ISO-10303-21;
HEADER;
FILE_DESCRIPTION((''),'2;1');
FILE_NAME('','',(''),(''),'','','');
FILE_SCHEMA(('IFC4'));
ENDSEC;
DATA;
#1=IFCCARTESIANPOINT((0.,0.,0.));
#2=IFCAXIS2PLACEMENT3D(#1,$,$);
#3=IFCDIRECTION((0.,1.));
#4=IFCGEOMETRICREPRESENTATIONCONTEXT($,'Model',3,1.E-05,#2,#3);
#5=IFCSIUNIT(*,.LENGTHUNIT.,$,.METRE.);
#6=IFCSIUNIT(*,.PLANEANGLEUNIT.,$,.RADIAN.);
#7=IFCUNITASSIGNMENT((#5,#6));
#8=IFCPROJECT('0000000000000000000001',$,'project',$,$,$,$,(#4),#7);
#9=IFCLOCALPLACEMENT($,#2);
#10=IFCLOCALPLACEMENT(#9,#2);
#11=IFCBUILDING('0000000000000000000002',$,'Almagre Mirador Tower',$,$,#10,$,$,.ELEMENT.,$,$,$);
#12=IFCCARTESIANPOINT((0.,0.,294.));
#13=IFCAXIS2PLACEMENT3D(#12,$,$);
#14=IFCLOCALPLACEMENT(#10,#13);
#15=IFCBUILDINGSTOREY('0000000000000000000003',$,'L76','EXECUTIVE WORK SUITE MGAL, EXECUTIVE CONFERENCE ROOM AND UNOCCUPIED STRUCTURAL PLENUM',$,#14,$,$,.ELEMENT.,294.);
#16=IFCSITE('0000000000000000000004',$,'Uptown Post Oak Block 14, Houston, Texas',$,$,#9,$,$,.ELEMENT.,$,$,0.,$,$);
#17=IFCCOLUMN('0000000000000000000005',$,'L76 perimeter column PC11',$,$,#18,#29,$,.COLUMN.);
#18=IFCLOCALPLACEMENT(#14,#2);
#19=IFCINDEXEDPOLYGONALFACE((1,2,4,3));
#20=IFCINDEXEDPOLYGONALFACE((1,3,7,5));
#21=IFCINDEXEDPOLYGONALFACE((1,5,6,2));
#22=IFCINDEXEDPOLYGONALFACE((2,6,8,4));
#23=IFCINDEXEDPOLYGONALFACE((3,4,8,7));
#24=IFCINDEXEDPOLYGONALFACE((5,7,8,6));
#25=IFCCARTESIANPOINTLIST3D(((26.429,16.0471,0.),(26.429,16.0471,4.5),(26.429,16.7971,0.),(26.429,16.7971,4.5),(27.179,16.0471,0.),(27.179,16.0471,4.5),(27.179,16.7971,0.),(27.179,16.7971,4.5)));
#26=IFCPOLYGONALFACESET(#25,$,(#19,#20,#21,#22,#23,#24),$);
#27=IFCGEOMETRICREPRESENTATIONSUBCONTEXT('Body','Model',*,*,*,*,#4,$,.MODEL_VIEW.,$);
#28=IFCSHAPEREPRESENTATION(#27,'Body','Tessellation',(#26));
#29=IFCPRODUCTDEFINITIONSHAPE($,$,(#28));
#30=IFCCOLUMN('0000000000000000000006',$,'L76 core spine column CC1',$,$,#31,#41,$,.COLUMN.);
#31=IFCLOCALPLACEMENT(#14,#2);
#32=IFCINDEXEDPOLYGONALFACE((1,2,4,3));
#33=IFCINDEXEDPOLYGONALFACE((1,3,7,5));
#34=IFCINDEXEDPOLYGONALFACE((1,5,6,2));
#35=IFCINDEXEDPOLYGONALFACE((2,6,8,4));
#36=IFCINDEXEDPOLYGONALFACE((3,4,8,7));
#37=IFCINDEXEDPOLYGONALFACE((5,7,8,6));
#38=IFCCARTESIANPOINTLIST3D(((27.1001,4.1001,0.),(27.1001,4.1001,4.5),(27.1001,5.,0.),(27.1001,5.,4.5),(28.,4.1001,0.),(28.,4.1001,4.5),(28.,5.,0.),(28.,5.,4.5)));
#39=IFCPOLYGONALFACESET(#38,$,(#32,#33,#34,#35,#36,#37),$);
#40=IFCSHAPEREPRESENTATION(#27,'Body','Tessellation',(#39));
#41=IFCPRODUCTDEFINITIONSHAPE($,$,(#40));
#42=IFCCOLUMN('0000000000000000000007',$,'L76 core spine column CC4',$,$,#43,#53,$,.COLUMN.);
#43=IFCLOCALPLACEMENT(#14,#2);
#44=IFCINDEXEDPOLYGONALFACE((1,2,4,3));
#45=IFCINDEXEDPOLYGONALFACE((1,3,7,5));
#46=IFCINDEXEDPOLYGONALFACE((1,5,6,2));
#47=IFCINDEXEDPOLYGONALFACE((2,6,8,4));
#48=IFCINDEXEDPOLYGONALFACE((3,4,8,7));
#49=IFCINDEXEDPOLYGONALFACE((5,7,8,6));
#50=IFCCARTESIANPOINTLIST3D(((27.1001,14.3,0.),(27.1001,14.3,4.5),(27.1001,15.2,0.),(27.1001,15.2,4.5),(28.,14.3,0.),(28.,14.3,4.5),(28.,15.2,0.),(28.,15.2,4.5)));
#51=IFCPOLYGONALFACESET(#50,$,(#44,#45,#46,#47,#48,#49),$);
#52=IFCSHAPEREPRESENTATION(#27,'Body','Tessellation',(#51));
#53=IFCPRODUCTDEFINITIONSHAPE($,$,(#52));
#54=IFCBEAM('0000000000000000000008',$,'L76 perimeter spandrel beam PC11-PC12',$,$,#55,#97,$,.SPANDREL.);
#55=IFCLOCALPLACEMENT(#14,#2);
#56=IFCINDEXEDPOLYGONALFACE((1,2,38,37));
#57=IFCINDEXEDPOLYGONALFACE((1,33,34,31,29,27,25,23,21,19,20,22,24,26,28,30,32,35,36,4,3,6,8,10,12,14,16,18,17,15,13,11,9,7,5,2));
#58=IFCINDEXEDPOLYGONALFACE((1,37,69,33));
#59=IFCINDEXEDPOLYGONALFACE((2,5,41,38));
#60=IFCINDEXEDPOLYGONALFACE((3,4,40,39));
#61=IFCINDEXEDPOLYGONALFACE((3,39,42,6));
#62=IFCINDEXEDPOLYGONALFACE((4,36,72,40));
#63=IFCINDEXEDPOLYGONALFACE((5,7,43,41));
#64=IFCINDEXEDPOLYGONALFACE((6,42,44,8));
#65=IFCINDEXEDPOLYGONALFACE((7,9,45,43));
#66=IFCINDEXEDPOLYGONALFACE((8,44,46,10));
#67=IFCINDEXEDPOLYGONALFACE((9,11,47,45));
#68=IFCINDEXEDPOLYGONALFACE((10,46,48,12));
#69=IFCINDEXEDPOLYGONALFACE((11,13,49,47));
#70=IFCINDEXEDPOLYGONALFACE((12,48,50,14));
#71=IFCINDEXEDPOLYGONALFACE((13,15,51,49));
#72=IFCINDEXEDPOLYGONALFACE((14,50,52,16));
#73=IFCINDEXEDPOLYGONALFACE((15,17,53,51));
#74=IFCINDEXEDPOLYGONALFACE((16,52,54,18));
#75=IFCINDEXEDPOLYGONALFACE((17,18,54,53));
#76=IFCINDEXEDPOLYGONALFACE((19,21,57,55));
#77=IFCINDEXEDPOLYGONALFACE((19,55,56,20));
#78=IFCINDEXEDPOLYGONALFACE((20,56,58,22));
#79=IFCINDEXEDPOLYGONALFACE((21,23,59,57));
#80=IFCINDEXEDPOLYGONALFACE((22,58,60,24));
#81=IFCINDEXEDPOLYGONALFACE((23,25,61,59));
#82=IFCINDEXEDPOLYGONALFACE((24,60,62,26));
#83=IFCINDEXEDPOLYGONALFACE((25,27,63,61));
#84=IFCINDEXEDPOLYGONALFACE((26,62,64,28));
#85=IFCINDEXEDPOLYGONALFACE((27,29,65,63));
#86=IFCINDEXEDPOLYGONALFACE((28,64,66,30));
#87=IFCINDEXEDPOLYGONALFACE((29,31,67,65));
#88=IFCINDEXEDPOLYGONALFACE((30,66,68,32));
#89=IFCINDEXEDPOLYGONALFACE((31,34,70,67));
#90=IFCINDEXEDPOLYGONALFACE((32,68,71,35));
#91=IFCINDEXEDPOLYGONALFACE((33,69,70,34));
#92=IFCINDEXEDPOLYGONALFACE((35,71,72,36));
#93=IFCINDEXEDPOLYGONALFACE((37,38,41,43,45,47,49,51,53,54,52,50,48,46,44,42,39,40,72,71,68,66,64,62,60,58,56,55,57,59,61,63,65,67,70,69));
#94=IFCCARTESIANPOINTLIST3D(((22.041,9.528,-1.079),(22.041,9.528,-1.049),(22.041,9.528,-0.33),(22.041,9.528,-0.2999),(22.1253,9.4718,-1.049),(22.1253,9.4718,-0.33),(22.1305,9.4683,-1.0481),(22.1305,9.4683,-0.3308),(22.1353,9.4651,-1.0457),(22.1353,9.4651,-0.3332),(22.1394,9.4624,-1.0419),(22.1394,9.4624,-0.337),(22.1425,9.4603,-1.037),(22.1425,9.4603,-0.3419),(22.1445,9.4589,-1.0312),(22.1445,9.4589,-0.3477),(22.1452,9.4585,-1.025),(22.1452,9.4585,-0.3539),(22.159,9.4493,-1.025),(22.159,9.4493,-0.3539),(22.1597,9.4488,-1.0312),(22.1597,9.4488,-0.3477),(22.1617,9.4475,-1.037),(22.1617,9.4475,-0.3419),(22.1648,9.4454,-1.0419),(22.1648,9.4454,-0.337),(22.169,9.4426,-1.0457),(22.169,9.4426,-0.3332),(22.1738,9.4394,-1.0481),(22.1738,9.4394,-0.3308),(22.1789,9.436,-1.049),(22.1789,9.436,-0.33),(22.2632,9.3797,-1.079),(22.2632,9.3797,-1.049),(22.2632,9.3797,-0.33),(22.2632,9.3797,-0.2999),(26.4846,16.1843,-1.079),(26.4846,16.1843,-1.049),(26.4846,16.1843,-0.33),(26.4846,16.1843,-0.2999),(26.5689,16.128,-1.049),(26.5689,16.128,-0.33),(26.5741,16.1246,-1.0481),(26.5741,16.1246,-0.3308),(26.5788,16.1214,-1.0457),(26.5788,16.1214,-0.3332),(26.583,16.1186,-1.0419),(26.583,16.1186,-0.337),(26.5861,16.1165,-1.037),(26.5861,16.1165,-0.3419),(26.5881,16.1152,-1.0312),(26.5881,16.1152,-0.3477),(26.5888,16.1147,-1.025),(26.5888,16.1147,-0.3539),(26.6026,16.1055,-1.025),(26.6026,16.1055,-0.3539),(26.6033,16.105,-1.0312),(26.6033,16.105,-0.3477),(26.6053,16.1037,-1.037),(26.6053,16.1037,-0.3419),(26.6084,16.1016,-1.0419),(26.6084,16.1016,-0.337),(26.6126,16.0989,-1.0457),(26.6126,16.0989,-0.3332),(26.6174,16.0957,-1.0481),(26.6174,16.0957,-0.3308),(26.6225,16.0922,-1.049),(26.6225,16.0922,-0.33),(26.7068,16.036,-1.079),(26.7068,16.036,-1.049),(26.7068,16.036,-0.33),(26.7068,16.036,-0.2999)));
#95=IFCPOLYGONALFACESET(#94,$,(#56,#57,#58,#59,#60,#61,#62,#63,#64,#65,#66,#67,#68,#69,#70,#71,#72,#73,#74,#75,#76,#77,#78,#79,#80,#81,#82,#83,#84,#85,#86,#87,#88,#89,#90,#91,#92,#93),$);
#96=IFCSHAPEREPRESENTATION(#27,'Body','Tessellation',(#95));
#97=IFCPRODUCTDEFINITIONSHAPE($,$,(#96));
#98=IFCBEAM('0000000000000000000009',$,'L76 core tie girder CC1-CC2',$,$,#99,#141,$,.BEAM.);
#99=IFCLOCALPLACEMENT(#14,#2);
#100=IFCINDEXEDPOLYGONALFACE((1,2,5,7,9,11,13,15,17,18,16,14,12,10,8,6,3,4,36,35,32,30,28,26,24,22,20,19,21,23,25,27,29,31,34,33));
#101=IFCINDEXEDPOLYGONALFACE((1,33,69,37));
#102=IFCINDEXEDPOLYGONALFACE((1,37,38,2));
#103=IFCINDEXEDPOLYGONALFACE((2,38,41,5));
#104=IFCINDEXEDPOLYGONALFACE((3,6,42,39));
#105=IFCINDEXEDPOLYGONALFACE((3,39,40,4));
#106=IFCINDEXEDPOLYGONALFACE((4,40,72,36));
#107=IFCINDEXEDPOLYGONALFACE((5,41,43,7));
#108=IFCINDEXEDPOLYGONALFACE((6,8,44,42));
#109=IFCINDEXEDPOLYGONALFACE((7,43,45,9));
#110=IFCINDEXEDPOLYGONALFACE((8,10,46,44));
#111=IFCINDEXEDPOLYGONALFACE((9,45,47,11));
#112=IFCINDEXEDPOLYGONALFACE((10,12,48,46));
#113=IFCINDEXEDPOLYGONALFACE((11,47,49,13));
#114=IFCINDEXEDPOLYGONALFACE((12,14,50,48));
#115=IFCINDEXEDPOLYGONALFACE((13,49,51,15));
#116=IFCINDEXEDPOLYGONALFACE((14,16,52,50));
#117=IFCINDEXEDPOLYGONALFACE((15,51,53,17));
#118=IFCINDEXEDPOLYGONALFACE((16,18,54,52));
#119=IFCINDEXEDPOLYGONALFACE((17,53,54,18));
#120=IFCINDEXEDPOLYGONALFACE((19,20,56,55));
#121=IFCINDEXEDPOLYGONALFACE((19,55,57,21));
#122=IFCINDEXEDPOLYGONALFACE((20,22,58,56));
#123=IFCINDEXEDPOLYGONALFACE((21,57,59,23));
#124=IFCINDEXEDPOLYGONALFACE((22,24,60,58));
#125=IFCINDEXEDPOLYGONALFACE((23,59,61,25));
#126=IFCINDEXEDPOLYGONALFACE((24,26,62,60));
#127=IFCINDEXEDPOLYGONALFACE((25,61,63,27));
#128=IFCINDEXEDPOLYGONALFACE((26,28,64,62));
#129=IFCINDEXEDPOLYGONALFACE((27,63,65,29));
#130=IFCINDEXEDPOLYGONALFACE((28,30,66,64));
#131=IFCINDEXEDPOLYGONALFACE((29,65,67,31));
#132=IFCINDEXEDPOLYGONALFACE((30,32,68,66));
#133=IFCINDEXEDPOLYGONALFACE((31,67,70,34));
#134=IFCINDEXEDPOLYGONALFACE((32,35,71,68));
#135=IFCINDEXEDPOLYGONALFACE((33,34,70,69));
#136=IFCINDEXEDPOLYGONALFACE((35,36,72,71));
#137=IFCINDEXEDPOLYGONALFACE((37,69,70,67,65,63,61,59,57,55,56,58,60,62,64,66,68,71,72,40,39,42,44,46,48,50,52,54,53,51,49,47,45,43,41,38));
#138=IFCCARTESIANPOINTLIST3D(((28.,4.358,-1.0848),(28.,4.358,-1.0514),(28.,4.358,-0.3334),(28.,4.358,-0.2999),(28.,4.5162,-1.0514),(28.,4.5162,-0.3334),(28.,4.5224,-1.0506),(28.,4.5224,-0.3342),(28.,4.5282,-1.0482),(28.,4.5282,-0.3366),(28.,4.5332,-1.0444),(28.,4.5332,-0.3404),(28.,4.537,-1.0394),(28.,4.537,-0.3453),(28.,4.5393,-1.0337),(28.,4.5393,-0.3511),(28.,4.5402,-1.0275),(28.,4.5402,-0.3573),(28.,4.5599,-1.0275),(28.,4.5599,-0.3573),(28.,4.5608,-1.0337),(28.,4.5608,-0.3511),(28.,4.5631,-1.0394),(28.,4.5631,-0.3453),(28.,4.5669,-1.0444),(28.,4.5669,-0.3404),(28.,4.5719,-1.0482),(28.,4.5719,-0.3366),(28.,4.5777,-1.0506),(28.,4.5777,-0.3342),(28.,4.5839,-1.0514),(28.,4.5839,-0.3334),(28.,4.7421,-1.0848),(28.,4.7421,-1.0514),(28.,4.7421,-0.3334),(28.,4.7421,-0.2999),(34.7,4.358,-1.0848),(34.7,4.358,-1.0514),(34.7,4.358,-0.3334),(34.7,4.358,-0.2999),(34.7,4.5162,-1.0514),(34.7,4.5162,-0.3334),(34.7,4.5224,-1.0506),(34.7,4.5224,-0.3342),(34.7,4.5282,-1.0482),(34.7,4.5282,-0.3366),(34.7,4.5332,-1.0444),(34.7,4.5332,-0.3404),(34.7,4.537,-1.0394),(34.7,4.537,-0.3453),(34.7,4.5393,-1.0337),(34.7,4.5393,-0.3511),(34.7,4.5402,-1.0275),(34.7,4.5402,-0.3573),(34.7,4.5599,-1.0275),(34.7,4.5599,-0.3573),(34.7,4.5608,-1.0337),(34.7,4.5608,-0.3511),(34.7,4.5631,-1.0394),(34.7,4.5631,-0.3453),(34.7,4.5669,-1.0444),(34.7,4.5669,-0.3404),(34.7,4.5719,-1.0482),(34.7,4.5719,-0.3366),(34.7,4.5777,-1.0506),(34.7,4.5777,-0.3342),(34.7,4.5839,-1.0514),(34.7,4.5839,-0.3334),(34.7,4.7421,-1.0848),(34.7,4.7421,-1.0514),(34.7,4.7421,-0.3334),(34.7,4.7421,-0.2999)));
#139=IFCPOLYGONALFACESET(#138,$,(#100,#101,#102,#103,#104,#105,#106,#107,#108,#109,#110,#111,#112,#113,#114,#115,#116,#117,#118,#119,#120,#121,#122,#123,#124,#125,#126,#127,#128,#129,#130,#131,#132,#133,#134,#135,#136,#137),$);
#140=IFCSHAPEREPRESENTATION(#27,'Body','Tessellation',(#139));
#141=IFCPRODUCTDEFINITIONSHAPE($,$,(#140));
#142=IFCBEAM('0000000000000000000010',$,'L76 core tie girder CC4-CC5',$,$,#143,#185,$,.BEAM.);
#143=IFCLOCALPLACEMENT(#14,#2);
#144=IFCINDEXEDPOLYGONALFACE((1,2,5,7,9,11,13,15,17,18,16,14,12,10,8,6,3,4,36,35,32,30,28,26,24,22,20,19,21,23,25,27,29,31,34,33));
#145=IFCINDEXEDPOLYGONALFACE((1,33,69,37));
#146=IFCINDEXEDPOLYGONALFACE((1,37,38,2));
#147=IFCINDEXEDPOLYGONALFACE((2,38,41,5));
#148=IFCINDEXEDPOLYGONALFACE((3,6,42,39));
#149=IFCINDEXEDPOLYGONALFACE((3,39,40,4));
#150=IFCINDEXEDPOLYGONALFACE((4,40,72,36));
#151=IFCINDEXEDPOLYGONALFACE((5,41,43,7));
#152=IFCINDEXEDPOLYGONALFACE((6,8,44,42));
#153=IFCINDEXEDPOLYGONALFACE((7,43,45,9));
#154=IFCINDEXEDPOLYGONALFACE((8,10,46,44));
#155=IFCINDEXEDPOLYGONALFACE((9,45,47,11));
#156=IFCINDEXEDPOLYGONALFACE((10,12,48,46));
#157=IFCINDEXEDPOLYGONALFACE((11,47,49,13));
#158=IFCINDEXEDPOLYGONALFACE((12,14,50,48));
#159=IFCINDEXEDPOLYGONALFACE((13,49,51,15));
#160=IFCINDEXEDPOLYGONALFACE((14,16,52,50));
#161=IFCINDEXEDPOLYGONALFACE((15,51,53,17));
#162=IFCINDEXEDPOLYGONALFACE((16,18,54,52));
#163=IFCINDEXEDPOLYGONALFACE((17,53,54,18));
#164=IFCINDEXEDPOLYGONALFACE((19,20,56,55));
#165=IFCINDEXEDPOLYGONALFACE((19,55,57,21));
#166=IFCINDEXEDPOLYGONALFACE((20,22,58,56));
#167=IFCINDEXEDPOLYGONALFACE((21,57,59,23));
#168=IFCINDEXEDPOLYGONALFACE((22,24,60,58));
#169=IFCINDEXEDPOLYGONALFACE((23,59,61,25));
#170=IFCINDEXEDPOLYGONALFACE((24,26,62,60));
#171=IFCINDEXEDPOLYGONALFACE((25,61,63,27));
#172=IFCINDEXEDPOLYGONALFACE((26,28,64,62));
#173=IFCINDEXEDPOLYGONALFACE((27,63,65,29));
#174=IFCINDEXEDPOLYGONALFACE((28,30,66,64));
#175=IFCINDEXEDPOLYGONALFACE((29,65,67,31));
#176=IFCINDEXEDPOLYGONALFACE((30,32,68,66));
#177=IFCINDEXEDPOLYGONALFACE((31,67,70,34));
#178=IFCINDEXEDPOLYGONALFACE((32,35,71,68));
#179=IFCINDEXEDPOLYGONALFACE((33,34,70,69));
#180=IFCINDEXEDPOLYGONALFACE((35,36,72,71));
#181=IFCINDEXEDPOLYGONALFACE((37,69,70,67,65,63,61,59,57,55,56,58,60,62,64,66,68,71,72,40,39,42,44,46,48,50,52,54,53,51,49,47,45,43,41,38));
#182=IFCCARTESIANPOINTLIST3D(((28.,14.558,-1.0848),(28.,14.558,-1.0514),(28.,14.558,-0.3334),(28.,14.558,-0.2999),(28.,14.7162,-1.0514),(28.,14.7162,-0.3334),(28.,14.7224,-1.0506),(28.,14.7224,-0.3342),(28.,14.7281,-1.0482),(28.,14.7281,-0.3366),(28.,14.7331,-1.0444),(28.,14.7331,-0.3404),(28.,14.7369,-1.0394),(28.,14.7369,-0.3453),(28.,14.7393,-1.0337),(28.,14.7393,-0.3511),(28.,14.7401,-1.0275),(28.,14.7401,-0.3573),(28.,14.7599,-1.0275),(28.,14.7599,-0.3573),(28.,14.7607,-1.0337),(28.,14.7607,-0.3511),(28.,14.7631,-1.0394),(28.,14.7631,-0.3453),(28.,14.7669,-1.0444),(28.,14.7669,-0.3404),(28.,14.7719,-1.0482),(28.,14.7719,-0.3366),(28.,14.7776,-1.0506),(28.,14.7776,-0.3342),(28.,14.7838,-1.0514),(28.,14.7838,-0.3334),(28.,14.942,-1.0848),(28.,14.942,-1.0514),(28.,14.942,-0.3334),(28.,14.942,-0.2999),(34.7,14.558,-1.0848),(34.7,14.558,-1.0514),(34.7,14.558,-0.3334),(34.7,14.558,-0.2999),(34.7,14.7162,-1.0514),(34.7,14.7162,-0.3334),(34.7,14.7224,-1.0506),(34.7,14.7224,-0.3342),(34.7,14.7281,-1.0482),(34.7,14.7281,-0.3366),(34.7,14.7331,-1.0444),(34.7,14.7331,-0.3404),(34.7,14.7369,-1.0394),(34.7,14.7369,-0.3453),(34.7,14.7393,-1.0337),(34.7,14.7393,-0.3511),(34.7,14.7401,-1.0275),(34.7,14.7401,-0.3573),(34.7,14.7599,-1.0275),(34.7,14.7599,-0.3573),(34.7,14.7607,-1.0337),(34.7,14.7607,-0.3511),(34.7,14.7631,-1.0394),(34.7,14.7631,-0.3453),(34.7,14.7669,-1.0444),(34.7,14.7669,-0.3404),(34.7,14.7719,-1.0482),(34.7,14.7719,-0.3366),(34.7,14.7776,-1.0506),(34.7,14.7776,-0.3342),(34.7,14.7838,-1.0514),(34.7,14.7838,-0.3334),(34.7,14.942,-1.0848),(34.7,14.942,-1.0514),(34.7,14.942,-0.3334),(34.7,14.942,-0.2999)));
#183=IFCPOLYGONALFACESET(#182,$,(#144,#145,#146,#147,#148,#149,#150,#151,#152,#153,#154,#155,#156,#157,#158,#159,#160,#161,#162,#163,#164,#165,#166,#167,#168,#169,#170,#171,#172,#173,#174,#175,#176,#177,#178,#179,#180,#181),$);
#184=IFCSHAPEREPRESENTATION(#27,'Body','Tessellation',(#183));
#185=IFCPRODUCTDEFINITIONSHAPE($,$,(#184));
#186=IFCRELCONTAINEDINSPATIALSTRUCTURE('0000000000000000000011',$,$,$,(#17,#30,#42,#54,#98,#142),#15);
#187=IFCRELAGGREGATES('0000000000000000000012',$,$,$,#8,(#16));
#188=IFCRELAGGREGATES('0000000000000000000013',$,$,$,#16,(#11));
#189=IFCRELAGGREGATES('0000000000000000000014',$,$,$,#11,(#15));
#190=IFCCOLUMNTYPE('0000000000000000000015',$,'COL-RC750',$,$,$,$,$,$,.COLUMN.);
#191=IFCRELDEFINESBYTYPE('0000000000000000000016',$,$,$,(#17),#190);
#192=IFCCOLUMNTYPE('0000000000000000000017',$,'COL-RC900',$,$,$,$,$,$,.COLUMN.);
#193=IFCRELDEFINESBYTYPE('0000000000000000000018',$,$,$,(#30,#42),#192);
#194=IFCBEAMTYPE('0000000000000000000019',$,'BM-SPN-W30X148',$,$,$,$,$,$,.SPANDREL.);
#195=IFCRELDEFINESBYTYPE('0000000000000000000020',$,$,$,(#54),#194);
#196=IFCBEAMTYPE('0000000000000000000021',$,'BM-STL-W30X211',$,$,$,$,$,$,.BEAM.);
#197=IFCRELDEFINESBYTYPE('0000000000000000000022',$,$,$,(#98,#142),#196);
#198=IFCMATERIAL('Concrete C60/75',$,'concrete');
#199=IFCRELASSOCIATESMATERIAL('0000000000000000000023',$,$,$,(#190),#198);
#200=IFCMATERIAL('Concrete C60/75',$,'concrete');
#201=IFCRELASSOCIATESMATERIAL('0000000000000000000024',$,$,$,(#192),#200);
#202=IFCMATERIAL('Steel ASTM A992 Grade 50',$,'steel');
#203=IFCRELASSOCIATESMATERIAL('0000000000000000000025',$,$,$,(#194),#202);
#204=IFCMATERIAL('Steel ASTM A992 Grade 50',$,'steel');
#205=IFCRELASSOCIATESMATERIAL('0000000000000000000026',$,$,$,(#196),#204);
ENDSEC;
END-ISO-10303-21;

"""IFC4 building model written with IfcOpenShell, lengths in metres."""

from ifc_helpers import new_model, si_unit, direction, frame, origin, origin_2d, place, context, subcontext, project, spatial, rectangle, i_section, extrude, material, material_profile, profile_set, type_object, element, save


model = new_model("IFC4")

# Units and contexts
model_context = context("Model", 3, precision=1e-05, world=origin(), true_north=direction((0.0, 1.0)))
body_context = subcontext(model_context, "Body", "Model", "MODEL_VIEW")
ifc_project = project(units=[si_unit("LENGTHUNIT", "METRE"), si_unit("PLANEANGLEUNIT", "RADIAN")], contexts=[model_context])

# Site, building, storey
site_placement = place(None, origin())
site = spatial("IfcSite", under=ifc_project, at=site_placement, Name="Uptown Post Oak Block 14, Houston, Texas", CompositionType="ELEMENT", RefElevation=0.0)
building_placement = place(site_placement, origin())
building = spatial("IfcBuilding", under=site, at=building_placement, Name="Almagre Mirador Tower", CompositionType="ELEMENT")
storey_placement = place(building_placement, frame((0.0, 0.0, 294.0)))
storey = spatial("IfcBuildingStorey", under=building, at=storey_placement, Name="L76", Description="EXECUTIVE WORK SUITE MGAL, EXECUTIVE CONFERENCE ROOM AND UNOCCUPIED STRUCTURAL PLENUM", CompositionType="ELEMENT", Elevation=294.0)

# Columns
ifc_material_1 = material(Name="Concrete C60/75", Category="concrete")
ifc_material_profile_1 = material_profile(ifc_material_1, rectangle(XDim=0.75, YDim=0.75, at=origin_2d()), Name="RC750X750")
ifc_profile_set_1 = profile_set([ifc_material_profile_1], Name="Concrete C60/75")
column_type_1 = type_object("IfcColumnType", Name="COL-RC750", PredefinedType="COLUMN", material=ifc_profile_set_1)
column_placement = place(storey_placement, frame((26.804, 16.4221, 0.0), z_axis=(0.0, 0.0, 1.0), x_axis=(1.0, 0.0, 0.0)))
element("IfcColumn", 1, at=column_placement, inside=storey, type_object=column_type_1, Name="L76 perimeter column PC11", PredefinedType="COLUMN", context=body_context, shape_type="SweptSolid", body=[
    extrude(rectangle(XDim=0.75, YDim=0.75, at=origin_2d()), origin(), (0.0, 0.0, 1.0), 4.5),
])
ifc_material_2 = material(Name="Concrete C60/75", Category="concrete")
ifc_material_profile_2 = material_profile(ifc_material_2, rectangle(XDim=0.8999, YDim=0.8999, at=origin_2d()), Name="RC900X900")
ifc_profile_set_2 = profile_set([ifc_material_profile_2], Name="Concrete C60/75")
column_type_2 = type_object("IfcColumnType", Name="COL-RC900", PredefinedType="COLUMN", material=ifc_profile_set_2)
for number, where, z_axis, x_axis, name in (
    (2, (27.55, 4.55, 0.0), (0.0, 0.0, 1.0), (1.0, 0.0, 0.0), "L76 core spine column CC1"),
    (3, (27.55, 14.75, 0.0), (0.0, 0.0, 1.0), (1.0, 0.0, 0.0), "L76 core spine column CC4"),
):
    element("IfcColumn", number, at=place(storey_placement, frame(where, z_axis=z_axis, x_axis=x_axis)), inside=storey, type_object=column_type_2, Name=name, PredefinedType="COLUMN", context=body_context, shape_type="SweptSolid", body=[
        extrude(rectangle(XDim=0.8999, YDim=0.8999, at=origin_2d()), origin(), (0.0, 0.0, 1.0), 4.5),
    ])

# Beams
ifc_material_3 = material(Name="Steel ASTM A992 Grade 50", Category="steel")
ifc_material_profile_3 = material_profile(ifc_material_3, i_section(OverallWidth=0.2671, OverallDepth=0.7791, WebThickness=0.0166, FlangeThickness=0.03, FilletRadius=0.0239, at=origin_2d()), Name="W30X148")
ifc_profile_set_3 = profile_set([ifc_material_profile_3], Name="Steel ASTM A992 Grade 50")
beam_type_1 = type_object("IfcBeamType", Name="BM-SPN-W30X148", PredefinedType="SPANDREL", material=ifc_profile_set_3)
beam_1_placement = place(storey_placement, frame((26.5957, 16.1101, -0.6895), z_axis=(-0.555228, -0.831698, 0.0), x_axis=(0.831698, -0.555228, 0.0)))
element("IfcBeam", 4, at=beam_1_placement, inside=storey, type_object=beam_type_1, Name="L76 perimeter spandrel beam PC11-PC12", PredefinedType="SPANDREL", context=body_context, shape_type="SweptSolid", body=[
    extrude(i_section(OverallWidth=0.2671, OverallDepth=0.7791, WebThickness=0.0166, FlangeThickness=0.03, FilletRadius=0.0239, at=origin_2d()), origin(), (0.0, 0.0, 1.0), 8.0032),
])
ifc_material_4 = material(Name="Steel ASTM A992 Grade 50", Category="steel")
ifc_material_profile_4 = material_profile(ifc_material_4, i_section(OverallWidth=0.384, OverallDepth=0.7849, WebThickness=0.0198, FlangeThickness=0.0334, FilletRadius=0.0239, at=origin_2d()), Name="W30X211")
ifc_profile_set_4 = profile_set([ifc_material_profile_4], Name="Steel ASTM A992 Grade 50")
beam_type_2 = type_object("IfcBeamType", Name="BM-STL-W30X211", PredefinedType="BEAM", material=ifc_profile_set_4)
for number, where, z_axis, x_axis, name in (
    (5, (28.0, 4.55, -0.6924), (1.0, 0.0, 0.0), (0.0, 1.0, 0.0), "L76 core tie girder CC1-CC2"),
    (6, (28.0, 14.75, -0.6924), (1.0, 0.0, 0.0), (0.0, 1.0, 0.0), "L76 core tie girder CC4-CC5"),
):
    element("IfcBeam", number, at=place(storey_placement, frame(where, z_axis=z_axis, x_axis=x_axis)), inside=storey, type_object=beam_type_2, Name=name, PredefinedType="BEAM", context=body_context, shape_type="SweptSolid", body=[
        extrude(i_section(OverallWidth=0.384, OverallDepth=0.7849, WebThickness=0.0198, FlangeThickness=0.0334, FilletRadius=0.0239, at=origin_2d()), origin(), (0.0, 0.0, 1.0), 6.7),
    ])

save(model, "model.ifc")
